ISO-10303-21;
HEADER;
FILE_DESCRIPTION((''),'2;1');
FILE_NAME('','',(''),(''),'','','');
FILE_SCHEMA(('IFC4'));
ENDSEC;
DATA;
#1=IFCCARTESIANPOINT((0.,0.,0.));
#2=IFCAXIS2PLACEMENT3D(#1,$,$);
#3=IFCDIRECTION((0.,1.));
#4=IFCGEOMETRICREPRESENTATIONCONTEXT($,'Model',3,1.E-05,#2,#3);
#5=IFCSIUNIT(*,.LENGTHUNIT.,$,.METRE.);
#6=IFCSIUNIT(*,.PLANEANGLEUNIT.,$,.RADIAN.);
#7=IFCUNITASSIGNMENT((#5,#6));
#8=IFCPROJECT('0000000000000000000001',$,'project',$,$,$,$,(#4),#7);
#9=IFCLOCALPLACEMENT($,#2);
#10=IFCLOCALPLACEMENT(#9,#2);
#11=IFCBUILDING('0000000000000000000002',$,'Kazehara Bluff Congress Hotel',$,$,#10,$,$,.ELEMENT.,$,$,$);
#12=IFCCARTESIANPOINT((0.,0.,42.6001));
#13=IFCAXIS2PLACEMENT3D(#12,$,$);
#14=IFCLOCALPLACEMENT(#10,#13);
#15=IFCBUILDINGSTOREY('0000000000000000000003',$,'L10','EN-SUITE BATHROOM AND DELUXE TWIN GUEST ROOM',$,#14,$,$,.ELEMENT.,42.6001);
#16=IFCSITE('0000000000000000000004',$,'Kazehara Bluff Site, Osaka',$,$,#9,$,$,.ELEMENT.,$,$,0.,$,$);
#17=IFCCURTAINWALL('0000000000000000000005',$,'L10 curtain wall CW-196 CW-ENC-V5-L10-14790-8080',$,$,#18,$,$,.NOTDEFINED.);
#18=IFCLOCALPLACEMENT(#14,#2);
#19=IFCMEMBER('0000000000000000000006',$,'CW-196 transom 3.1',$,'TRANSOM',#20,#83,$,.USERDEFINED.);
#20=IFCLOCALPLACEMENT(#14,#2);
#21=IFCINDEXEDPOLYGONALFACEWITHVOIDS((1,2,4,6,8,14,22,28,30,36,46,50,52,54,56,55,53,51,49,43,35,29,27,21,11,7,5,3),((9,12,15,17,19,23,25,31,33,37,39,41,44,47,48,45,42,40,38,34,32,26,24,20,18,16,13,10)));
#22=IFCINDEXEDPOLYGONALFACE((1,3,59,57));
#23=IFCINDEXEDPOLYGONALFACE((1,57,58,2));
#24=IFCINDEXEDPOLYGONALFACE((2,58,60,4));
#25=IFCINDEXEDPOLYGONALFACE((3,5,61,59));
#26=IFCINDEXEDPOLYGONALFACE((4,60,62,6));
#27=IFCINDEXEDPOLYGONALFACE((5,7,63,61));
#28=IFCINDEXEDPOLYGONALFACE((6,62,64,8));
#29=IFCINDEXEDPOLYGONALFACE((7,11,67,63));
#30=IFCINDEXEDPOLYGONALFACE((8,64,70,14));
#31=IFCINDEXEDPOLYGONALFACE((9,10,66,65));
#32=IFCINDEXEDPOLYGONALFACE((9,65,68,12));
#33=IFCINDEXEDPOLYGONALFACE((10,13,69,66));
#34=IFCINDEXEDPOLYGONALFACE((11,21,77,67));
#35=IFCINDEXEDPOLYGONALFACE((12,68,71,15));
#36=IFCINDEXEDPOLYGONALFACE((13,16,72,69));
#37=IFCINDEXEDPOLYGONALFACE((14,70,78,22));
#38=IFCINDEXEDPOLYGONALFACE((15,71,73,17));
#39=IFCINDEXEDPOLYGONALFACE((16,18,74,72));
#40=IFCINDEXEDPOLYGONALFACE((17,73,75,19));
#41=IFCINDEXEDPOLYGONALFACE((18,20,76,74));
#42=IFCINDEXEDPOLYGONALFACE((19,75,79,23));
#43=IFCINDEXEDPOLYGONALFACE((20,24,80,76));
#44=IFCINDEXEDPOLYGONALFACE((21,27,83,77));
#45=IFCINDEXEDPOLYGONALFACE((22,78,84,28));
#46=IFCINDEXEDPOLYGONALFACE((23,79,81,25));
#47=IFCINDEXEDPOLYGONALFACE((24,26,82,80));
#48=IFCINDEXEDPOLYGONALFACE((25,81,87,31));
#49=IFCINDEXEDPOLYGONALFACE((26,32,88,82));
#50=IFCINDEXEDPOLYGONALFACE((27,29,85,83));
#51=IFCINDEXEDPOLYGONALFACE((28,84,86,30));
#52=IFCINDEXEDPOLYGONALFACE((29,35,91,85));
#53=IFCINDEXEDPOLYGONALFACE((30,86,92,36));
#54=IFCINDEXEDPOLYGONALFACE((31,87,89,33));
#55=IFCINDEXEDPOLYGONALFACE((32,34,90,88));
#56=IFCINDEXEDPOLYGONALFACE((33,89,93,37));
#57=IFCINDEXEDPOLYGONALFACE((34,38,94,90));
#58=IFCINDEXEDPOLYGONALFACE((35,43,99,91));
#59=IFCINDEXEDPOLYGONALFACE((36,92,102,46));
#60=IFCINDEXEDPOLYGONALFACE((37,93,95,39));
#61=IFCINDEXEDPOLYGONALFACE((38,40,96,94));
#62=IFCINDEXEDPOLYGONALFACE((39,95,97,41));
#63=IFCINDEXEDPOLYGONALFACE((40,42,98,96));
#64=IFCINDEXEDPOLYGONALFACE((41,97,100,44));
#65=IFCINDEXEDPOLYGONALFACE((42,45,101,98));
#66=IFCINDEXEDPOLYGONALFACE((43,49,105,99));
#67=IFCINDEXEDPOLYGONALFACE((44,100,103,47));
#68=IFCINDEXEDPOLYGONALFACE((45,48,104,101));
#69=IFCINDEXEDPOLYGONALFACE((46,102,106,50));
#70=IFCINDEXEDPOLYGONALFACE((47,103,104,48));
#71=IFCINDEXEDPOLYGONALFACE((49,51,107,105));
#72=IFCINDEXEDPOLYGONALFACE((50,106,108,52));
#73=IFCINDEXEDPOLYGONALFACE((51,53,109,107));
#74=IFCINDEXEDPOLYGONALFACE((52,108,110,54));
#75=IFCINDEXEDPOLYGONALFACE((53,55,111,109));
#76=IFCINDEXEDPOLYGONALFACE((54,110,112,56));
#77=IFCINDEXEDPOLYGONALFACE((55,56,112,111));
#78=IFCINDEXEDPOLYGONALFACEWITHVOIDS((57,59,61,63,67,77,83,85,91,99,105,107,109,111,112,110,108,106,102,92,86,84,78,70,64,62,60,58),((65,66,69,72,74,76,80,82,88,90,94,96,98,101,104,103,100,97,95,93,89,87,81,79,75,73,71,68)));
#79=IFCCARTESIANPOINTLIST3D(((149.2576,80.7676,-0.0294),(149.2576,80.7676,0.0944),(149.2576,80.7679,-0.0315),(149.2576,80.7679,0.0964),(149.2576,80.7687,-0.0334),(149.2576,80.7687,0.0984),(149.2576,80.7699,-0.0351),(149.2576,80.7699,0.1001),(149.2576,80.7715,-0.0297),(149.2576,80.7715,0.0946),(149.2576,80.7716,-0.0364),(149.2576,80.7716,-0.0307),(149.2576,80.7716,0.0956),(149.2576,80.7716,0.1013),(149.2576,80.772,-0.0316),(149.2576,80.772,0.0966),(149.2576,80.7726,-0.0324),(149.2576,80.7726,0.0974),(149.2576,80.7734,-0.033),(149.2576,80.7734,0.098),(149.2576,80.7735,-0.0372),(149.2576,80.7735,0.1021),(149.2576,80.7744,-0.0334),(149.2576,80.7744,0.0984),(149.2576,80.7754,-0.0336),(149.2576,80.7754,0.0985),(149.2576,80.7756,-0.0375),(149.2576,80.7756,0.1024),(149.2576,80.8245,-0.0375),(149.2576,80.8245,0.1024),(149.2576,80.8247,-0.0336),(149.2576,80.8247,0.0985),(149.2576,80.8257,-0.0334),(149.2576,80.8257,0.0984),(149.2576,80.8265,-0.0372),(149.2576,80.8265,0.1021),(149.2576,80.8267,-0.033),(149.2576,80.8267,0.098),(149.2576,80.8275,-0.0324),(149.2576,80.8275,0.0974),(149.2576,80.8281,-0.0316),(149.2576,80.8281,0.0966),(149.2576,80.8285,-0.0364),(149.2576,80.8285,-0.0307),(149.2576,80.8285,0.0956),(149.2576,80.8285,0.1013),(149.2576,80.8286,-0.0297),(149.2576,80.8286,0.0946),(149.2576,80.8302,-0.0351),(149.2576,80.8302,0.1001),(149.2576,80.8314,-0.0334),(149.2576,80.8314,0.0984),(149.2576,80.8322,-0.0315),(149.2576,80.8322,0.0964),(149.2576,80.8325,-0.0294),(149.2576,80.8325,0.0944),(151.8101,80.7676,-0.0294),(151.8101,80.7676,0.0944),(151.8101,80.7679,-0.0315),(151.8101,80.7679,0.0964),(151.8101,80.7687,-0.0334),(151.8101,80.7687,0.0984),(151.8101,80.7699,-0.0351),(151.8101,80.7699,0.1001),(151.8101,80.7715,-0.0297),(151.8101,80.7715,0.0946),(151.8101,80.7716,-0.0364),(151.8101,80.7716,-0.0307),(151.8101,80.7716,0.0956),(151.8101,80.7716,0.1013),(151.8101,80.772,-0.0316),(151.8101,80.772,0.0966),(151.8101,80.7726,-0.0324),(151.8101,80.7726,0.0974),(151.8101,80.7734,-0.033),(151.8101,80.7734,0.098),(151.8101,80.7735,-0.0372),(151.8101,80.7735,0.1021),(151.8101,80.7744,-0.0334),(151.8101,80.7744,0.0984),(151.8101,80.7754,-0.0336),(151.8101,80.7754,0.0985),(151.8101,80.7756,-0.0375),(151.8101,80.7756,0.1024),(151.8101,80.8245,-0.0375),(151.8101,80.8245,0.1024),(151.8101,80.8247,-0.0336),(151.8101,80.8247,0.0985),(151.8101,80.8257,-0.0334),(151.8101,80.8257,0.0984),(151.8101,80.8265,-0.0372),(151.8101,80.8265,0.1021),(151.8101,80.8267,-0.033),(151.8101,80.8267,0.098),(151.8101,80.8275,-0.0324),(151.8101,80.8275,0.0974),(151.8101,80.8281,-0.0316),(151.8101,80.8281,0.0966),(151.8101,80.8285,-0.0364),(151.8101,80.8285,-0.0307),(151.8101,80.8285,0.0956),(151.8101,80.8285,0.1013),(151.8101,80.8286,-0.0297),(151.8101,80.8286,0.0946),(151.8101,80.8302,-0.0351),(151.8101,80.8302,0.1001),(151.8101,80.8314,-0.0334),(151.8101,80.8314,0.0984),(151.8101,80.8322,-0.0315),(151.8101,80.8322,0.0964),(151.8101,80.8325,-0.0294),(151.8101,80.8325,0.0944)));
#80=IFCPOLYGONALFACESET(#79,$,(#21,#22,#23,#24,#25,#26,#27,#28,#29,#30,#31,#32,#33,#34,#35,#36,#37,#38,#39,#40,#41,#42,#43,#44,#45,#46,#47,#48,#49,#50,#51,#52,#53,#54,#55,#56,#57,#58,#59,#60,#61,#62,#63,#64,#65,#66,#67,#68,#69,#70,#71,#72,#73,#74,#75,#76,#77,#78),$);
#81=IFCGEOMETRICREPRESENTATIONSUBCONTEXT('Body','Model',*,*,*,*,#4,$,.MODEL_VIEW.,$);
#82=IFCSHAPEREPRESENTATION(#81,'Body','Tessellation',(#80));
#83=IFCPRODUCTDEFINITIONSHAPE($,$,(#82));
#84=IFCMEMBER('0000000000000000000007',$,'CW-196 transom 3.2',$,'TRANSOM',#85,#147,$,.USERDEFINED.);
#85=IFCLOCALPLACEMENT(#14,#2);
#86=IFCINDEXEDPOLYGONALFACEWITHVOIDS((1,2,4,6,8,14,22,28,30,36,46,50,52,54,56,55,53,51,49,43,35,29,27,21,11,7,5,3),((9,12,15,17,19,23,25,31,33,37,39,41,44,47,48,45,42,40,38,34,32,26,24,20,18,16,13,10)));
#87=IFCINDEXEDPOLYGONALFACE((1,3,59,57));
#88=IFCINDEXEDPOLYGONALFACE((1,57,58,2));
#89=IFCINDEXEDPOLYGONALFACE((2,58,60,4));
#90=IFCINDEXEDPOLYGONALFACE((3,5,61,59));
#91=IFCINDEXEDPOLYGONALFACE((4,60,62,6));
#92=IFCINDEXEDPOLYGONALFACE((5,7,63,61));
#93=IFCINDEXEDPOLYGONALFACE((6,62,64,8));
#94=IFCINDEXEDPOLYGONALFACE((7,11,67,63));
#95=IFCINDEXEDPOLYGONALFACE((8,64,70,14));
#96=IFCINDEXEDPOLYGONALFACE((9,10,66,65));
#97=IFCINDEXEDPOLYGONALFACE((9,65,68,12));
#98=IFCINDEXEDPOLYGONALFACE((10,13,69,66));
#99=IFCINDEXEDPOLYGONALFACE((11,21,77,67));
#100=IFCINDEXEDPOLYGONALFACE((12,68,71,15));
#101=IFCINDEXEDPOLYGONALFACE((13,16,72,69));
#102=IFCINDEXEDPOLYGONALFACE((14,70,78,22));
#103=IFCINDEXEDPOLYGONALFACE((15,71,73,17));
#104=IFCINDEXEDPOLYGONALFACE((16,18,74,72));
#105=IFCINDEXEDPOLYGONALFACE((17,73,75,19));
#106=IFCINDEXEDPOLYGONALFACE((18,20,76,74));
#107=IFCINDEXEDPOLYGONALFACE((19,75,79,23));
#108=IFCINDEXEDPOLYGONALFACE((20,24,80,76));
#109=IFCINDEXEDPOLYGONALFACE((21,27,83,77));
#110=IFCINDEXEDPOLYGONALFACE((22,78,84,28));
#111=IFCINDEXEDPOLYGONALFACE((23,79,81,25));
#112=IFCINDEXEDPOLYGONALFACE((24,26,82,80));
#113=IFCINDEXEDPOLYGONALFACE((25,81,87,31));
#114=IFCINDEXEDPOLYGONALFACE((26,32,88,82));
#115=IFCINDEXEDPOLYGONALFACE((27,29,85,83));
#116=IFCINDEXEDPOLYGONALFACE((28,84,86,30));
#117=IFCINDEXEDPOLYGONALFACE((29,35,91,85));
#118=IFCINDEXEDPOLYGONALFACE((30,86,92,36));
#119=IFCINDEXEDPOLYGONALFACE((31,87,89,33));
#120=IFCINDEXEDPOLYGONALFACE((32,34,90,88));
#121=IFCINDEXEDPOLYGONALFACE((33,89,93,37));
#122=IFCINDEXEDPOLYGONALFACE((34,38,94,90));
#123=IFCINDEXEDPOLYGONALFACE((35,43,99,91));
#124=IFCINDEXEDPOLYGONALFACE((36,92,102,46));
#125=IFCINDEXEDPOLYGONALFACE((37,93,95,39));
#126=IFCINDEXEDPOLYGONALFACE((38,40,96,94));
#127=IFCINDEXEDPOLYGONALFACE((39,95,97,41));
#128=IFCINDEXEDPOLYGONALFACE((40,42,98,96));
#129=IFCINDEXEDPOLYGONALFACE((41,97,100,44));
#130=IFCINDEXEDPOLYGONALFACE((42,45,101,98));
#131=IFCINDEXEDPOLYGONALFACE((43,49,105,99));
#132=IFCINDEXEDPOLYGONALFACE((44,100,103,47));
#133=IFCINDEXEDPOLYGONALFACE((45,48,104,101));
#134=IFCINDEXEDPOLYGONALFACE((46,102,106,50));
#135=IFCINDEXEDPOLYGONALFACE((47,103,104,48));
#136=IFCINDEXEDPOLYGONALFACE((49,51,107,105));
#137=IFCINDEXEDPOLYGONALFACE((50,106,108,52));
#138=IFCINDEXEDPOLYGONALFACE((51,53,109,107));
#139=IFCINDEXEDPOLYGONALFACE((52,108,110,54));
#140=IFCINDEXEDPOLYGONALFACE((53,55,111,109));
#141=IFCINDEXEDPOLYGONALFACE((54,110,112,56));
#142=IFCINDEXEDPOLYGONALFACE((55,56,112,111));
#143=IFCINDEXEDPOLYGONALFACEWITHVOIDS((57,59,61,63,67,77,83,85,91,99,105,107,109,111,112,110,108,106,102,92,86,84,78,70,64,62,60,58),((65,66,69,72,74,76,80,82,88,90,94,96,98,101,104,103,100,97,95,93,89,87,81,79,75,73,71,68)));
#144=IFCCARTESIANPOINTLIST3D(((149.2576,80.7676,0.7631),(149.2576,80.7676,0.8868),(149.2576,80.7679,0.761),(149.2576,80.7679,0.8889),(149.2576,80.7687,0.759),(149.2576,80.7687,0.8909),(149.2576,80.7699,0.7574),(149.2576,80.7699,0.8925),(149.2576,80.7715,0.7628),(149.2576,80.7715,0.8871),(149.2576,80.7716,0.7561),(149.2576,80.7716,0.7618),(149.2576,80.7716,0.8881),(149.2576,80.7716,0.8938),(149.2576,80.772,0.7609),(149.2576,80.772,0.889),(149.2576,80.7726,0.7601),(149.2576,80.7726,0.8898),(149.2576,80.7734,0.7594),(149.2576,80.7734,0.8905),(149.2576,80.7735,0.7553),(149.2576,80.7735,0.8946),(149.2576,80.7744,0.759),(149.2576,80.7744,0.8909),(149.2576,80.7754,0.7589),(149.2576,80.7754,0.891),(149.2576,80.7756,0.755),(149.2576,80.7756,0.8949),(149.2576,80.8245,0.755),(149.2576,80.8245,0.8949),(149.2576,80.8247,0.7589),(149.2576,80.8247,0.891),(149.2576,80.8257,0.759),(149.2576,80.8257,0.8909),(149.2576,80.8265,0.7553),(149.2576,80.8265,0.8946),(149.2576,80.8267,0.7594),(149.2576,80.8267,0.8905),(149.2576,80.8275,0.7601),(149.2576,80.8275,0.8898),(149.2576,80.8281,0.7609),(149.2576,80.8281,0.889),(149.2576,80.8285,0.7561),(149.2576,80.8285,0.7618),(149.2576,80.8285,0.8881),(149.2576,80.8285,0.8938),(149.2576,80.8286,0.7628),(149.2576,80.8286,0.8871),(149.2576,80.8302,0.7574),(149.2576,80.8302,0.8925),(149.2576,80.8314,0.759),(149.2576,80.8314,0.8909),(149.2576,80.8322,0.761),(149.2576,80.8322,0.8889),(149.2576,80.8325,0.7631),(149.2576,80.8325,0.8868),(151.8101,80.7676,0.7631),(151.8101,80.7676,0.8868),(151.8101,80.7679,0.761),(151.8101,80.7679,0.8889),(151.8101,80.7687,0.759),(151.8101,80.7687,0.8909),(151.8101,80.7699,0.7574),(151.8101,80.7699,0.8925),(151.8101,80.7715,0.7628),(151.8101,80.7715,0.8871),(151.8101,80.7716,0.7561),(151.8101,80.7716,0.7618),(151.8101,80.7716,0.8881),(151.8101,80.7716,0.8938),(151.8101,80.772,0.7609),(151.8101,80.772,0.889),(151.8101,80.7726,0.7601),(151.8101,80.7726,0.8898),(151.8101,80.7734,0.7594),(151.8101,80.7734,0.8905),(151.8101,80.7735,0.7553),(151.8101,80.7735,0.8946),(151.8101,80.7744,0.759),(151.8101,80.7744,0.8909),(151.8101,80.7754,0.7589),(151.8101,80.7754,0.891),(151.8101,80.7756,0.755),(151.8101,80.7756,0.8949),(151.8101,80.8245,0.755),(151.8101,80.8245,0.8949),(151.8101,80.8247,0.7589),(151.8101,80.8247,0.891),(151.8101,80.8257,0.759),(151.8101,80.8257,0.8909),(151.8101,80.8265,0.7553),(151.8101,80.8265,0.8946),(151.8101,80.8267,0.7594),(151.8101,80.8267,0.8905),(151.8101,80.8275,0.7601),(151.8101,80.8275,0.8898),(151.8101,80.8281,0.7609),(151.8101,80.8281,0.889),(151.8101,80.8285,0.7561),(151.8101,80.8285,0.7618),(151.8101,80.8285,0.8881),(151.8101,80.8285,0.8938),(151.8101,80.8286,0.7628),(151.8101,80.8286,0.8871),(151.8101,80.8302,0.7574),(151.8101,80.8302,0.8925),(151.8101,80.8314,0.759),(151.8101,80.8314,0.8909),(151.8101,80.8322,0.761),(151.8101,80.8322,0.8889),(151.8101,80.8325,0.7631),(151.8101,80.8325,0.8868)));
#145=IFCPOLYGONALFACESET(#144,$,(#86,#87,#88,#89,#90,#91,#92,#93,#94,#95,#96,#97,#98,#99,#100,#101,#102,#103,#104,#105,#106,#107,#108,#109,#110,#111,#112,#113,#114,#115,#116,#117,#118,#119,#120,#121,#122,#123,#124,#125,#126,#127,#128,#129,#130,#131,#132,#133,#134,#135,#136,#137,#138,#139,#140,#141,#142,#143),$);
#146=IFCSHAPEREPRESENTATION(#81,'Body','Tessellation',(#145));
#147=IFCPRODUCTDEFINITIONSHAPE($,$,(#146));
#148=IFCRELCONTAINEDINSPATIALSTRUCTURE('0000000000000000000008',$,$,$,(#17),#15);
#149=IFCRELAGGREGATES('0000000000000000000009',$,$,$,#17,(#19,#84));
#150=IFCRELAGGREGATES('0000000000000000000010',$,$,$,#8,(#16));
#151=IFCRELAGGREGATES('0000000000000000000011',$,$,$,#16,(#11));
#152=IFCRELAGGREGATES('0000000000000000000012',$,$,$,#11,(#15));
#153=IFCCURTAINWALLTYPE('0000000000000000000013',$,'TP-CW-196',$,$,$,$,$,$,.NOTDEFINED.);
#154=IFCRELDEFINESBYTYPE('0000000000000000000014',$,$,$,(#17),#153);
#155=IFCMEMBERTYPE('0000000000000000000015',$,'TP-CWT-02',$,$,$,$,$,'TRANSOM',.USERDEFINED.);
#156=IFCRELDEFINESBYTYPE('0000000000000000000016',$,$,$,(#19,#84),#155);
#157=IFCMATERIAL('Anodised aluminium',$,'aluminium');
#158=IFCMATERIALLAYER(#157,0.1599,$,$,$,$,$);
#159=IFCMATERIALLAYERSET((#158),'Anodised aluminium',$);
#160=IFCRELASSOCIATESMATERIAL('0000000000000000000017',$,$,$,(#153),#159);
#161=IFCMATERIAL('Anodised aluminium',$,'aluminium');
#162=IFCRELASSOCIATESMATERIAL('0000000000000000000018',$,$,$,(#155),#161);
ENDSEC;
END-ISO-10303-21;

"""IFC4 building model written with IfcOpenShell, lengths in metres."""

from ifc_helpers import new_model, si_unit, direction, frame, origin, origin_2d, place, context, subcontext, project, spatial, hollow_rectangle, extrude, material, layer, layer_set, material_profile, profile_set, type_object, element, aggregate, save


model = new_model("IFC4")

# Units and contexts
model_context = context("Model", 3, precision=1e-05, world=origin(), true_north=direction((0.0, 1.0)))
body_context = subcontext(model_context, "Body", "Model", "MODEL_VIEW")
ifc_project = project(units=[si_unit("LENGTHUNIT", "METRE"), si_unit("PLANEANGLEUNIT", "RADIAN")], contexts=[model_context])

# Site, building, storey
site_placement = place(None, origin())
site = spatial("IfcSite", under=ifc_project, at=site_placement, Name="Kazehara Bluff Site, Osaka", CompositionType="ELEMENT", RefElevation=0.0)
building_placement = place(site_placement, origin())
building = spatial("IfcBuilding", under=site, at=building_placement, Name="Kazehara Bluff Congress Hotel", CompositionType="ELEMENT")
storey_placement = place(building_placement, frame((0.0, 0.0, 42.6001)))
storey = spatial("IfcBuildingStorey", under=building, at=storey_placement, Name="L10", Description="EN-SUITE BATHROOM AND DELUXE TWIN GUEST ROOM", CompositionType="ELEMENT", Elevation=42.6001)

# Curtain wall, members
ifc_material_1 = material(Name="Anodised aluminium", Category="aluminium")
ifc_layer_1 = layer(ifc_material_1, 0.1599)
ifc_layer_set_1 = layer_set([ifc_layer_1], Name="Anodised aluminium")
curtain_wall_type = type_object("IfcCurtainWallType", Name="TP-CW-196", PredefinedType="NOTDEFINED", material=ifc_layer_set_1)
curtain_wall_placement = place(storey_placement, origin())
curtain_wall = element("IfcCurtainWall", 1, at=curtain_wall_placement, inside=storey, type_object=curtain_wall_type, Name="L10 curtain wall CW-196 CW-ENC-V5-L10-14790-8080", PredefinedType="NOTDEFINED")
ifc_material_2 = material(Name="Anodised aluminium", Category="aluminium")
ifc_material_profile_1 = material_profile(ifc_material_2, hollow_rectangle(XDim=0.0649, YDim=0.1399, WallThickness=0.0039, InnerFilletRadius=0.0039, OuterFilletRadius=0.0081, at=origin_2d()))
ifc_profile_set_1 = profile_set([ifc_material_profile_1], Name="Anodised aluminium")
member_type_1 = type_object("IfcMemberType", Name="TP-CWT-02", ElementType="TRANSOM", PredefinedType="USERDEFINED", material=ifc_profile_set_1)
member_1_placement = place(storey_placement, frame((149.2576, 80.8, 0.0325), z_axis=(1.0, 0.0, 0.0), x_axis=(0.0, 1.0, 0.0)))
member_1 = element("IfcMember", 2, at=member_1_placement, type_object=member_type_1, Name="CW-196 transom 3.1", ObjectType="TRANSOM", PredefinedType="USERDEFINED", context=body_context, shape_type="SweptSolid", body=[
    extrude(hollow_rectangle(XDim=0.0649, YDim=0.1399, WallThickness=0.0039, InnerFilletRadius=0.0039, OuterFilletRadius=0.0081, at=origin_2d()), origin(), (0.0, 0.0, 1.0), 2.5525),
])
member_2_placement = place(storey_placement, frame((149.2576, 80.8, 0.825), z_axis=(1.0, 0.0, 0.0), x_axis=(0.0, 1.0, 0.0)))
member_2 = element("IfcMember", 3, at=member_2_placement, type_object=member_type_1, Name="CW-196 transom 3.2", ObjectType="TRANSOM", PredefinedType="USERDEFINED", context=body_context, shape_type="SweptSolid", body=[
    extrude(hollow_rectangle(XDim=0.0649, YDim=0.1399, WallThickness=0.0039, InnerFilletRadius=0.0039, OuterFilletRadius=0.0081, at=origin_2d()), origin(), (0.0, 0.0, 1.0), 2.5525),
])

aggregate(curtain_wall, [member_1, member_2])

save(model, "model.ifc")
